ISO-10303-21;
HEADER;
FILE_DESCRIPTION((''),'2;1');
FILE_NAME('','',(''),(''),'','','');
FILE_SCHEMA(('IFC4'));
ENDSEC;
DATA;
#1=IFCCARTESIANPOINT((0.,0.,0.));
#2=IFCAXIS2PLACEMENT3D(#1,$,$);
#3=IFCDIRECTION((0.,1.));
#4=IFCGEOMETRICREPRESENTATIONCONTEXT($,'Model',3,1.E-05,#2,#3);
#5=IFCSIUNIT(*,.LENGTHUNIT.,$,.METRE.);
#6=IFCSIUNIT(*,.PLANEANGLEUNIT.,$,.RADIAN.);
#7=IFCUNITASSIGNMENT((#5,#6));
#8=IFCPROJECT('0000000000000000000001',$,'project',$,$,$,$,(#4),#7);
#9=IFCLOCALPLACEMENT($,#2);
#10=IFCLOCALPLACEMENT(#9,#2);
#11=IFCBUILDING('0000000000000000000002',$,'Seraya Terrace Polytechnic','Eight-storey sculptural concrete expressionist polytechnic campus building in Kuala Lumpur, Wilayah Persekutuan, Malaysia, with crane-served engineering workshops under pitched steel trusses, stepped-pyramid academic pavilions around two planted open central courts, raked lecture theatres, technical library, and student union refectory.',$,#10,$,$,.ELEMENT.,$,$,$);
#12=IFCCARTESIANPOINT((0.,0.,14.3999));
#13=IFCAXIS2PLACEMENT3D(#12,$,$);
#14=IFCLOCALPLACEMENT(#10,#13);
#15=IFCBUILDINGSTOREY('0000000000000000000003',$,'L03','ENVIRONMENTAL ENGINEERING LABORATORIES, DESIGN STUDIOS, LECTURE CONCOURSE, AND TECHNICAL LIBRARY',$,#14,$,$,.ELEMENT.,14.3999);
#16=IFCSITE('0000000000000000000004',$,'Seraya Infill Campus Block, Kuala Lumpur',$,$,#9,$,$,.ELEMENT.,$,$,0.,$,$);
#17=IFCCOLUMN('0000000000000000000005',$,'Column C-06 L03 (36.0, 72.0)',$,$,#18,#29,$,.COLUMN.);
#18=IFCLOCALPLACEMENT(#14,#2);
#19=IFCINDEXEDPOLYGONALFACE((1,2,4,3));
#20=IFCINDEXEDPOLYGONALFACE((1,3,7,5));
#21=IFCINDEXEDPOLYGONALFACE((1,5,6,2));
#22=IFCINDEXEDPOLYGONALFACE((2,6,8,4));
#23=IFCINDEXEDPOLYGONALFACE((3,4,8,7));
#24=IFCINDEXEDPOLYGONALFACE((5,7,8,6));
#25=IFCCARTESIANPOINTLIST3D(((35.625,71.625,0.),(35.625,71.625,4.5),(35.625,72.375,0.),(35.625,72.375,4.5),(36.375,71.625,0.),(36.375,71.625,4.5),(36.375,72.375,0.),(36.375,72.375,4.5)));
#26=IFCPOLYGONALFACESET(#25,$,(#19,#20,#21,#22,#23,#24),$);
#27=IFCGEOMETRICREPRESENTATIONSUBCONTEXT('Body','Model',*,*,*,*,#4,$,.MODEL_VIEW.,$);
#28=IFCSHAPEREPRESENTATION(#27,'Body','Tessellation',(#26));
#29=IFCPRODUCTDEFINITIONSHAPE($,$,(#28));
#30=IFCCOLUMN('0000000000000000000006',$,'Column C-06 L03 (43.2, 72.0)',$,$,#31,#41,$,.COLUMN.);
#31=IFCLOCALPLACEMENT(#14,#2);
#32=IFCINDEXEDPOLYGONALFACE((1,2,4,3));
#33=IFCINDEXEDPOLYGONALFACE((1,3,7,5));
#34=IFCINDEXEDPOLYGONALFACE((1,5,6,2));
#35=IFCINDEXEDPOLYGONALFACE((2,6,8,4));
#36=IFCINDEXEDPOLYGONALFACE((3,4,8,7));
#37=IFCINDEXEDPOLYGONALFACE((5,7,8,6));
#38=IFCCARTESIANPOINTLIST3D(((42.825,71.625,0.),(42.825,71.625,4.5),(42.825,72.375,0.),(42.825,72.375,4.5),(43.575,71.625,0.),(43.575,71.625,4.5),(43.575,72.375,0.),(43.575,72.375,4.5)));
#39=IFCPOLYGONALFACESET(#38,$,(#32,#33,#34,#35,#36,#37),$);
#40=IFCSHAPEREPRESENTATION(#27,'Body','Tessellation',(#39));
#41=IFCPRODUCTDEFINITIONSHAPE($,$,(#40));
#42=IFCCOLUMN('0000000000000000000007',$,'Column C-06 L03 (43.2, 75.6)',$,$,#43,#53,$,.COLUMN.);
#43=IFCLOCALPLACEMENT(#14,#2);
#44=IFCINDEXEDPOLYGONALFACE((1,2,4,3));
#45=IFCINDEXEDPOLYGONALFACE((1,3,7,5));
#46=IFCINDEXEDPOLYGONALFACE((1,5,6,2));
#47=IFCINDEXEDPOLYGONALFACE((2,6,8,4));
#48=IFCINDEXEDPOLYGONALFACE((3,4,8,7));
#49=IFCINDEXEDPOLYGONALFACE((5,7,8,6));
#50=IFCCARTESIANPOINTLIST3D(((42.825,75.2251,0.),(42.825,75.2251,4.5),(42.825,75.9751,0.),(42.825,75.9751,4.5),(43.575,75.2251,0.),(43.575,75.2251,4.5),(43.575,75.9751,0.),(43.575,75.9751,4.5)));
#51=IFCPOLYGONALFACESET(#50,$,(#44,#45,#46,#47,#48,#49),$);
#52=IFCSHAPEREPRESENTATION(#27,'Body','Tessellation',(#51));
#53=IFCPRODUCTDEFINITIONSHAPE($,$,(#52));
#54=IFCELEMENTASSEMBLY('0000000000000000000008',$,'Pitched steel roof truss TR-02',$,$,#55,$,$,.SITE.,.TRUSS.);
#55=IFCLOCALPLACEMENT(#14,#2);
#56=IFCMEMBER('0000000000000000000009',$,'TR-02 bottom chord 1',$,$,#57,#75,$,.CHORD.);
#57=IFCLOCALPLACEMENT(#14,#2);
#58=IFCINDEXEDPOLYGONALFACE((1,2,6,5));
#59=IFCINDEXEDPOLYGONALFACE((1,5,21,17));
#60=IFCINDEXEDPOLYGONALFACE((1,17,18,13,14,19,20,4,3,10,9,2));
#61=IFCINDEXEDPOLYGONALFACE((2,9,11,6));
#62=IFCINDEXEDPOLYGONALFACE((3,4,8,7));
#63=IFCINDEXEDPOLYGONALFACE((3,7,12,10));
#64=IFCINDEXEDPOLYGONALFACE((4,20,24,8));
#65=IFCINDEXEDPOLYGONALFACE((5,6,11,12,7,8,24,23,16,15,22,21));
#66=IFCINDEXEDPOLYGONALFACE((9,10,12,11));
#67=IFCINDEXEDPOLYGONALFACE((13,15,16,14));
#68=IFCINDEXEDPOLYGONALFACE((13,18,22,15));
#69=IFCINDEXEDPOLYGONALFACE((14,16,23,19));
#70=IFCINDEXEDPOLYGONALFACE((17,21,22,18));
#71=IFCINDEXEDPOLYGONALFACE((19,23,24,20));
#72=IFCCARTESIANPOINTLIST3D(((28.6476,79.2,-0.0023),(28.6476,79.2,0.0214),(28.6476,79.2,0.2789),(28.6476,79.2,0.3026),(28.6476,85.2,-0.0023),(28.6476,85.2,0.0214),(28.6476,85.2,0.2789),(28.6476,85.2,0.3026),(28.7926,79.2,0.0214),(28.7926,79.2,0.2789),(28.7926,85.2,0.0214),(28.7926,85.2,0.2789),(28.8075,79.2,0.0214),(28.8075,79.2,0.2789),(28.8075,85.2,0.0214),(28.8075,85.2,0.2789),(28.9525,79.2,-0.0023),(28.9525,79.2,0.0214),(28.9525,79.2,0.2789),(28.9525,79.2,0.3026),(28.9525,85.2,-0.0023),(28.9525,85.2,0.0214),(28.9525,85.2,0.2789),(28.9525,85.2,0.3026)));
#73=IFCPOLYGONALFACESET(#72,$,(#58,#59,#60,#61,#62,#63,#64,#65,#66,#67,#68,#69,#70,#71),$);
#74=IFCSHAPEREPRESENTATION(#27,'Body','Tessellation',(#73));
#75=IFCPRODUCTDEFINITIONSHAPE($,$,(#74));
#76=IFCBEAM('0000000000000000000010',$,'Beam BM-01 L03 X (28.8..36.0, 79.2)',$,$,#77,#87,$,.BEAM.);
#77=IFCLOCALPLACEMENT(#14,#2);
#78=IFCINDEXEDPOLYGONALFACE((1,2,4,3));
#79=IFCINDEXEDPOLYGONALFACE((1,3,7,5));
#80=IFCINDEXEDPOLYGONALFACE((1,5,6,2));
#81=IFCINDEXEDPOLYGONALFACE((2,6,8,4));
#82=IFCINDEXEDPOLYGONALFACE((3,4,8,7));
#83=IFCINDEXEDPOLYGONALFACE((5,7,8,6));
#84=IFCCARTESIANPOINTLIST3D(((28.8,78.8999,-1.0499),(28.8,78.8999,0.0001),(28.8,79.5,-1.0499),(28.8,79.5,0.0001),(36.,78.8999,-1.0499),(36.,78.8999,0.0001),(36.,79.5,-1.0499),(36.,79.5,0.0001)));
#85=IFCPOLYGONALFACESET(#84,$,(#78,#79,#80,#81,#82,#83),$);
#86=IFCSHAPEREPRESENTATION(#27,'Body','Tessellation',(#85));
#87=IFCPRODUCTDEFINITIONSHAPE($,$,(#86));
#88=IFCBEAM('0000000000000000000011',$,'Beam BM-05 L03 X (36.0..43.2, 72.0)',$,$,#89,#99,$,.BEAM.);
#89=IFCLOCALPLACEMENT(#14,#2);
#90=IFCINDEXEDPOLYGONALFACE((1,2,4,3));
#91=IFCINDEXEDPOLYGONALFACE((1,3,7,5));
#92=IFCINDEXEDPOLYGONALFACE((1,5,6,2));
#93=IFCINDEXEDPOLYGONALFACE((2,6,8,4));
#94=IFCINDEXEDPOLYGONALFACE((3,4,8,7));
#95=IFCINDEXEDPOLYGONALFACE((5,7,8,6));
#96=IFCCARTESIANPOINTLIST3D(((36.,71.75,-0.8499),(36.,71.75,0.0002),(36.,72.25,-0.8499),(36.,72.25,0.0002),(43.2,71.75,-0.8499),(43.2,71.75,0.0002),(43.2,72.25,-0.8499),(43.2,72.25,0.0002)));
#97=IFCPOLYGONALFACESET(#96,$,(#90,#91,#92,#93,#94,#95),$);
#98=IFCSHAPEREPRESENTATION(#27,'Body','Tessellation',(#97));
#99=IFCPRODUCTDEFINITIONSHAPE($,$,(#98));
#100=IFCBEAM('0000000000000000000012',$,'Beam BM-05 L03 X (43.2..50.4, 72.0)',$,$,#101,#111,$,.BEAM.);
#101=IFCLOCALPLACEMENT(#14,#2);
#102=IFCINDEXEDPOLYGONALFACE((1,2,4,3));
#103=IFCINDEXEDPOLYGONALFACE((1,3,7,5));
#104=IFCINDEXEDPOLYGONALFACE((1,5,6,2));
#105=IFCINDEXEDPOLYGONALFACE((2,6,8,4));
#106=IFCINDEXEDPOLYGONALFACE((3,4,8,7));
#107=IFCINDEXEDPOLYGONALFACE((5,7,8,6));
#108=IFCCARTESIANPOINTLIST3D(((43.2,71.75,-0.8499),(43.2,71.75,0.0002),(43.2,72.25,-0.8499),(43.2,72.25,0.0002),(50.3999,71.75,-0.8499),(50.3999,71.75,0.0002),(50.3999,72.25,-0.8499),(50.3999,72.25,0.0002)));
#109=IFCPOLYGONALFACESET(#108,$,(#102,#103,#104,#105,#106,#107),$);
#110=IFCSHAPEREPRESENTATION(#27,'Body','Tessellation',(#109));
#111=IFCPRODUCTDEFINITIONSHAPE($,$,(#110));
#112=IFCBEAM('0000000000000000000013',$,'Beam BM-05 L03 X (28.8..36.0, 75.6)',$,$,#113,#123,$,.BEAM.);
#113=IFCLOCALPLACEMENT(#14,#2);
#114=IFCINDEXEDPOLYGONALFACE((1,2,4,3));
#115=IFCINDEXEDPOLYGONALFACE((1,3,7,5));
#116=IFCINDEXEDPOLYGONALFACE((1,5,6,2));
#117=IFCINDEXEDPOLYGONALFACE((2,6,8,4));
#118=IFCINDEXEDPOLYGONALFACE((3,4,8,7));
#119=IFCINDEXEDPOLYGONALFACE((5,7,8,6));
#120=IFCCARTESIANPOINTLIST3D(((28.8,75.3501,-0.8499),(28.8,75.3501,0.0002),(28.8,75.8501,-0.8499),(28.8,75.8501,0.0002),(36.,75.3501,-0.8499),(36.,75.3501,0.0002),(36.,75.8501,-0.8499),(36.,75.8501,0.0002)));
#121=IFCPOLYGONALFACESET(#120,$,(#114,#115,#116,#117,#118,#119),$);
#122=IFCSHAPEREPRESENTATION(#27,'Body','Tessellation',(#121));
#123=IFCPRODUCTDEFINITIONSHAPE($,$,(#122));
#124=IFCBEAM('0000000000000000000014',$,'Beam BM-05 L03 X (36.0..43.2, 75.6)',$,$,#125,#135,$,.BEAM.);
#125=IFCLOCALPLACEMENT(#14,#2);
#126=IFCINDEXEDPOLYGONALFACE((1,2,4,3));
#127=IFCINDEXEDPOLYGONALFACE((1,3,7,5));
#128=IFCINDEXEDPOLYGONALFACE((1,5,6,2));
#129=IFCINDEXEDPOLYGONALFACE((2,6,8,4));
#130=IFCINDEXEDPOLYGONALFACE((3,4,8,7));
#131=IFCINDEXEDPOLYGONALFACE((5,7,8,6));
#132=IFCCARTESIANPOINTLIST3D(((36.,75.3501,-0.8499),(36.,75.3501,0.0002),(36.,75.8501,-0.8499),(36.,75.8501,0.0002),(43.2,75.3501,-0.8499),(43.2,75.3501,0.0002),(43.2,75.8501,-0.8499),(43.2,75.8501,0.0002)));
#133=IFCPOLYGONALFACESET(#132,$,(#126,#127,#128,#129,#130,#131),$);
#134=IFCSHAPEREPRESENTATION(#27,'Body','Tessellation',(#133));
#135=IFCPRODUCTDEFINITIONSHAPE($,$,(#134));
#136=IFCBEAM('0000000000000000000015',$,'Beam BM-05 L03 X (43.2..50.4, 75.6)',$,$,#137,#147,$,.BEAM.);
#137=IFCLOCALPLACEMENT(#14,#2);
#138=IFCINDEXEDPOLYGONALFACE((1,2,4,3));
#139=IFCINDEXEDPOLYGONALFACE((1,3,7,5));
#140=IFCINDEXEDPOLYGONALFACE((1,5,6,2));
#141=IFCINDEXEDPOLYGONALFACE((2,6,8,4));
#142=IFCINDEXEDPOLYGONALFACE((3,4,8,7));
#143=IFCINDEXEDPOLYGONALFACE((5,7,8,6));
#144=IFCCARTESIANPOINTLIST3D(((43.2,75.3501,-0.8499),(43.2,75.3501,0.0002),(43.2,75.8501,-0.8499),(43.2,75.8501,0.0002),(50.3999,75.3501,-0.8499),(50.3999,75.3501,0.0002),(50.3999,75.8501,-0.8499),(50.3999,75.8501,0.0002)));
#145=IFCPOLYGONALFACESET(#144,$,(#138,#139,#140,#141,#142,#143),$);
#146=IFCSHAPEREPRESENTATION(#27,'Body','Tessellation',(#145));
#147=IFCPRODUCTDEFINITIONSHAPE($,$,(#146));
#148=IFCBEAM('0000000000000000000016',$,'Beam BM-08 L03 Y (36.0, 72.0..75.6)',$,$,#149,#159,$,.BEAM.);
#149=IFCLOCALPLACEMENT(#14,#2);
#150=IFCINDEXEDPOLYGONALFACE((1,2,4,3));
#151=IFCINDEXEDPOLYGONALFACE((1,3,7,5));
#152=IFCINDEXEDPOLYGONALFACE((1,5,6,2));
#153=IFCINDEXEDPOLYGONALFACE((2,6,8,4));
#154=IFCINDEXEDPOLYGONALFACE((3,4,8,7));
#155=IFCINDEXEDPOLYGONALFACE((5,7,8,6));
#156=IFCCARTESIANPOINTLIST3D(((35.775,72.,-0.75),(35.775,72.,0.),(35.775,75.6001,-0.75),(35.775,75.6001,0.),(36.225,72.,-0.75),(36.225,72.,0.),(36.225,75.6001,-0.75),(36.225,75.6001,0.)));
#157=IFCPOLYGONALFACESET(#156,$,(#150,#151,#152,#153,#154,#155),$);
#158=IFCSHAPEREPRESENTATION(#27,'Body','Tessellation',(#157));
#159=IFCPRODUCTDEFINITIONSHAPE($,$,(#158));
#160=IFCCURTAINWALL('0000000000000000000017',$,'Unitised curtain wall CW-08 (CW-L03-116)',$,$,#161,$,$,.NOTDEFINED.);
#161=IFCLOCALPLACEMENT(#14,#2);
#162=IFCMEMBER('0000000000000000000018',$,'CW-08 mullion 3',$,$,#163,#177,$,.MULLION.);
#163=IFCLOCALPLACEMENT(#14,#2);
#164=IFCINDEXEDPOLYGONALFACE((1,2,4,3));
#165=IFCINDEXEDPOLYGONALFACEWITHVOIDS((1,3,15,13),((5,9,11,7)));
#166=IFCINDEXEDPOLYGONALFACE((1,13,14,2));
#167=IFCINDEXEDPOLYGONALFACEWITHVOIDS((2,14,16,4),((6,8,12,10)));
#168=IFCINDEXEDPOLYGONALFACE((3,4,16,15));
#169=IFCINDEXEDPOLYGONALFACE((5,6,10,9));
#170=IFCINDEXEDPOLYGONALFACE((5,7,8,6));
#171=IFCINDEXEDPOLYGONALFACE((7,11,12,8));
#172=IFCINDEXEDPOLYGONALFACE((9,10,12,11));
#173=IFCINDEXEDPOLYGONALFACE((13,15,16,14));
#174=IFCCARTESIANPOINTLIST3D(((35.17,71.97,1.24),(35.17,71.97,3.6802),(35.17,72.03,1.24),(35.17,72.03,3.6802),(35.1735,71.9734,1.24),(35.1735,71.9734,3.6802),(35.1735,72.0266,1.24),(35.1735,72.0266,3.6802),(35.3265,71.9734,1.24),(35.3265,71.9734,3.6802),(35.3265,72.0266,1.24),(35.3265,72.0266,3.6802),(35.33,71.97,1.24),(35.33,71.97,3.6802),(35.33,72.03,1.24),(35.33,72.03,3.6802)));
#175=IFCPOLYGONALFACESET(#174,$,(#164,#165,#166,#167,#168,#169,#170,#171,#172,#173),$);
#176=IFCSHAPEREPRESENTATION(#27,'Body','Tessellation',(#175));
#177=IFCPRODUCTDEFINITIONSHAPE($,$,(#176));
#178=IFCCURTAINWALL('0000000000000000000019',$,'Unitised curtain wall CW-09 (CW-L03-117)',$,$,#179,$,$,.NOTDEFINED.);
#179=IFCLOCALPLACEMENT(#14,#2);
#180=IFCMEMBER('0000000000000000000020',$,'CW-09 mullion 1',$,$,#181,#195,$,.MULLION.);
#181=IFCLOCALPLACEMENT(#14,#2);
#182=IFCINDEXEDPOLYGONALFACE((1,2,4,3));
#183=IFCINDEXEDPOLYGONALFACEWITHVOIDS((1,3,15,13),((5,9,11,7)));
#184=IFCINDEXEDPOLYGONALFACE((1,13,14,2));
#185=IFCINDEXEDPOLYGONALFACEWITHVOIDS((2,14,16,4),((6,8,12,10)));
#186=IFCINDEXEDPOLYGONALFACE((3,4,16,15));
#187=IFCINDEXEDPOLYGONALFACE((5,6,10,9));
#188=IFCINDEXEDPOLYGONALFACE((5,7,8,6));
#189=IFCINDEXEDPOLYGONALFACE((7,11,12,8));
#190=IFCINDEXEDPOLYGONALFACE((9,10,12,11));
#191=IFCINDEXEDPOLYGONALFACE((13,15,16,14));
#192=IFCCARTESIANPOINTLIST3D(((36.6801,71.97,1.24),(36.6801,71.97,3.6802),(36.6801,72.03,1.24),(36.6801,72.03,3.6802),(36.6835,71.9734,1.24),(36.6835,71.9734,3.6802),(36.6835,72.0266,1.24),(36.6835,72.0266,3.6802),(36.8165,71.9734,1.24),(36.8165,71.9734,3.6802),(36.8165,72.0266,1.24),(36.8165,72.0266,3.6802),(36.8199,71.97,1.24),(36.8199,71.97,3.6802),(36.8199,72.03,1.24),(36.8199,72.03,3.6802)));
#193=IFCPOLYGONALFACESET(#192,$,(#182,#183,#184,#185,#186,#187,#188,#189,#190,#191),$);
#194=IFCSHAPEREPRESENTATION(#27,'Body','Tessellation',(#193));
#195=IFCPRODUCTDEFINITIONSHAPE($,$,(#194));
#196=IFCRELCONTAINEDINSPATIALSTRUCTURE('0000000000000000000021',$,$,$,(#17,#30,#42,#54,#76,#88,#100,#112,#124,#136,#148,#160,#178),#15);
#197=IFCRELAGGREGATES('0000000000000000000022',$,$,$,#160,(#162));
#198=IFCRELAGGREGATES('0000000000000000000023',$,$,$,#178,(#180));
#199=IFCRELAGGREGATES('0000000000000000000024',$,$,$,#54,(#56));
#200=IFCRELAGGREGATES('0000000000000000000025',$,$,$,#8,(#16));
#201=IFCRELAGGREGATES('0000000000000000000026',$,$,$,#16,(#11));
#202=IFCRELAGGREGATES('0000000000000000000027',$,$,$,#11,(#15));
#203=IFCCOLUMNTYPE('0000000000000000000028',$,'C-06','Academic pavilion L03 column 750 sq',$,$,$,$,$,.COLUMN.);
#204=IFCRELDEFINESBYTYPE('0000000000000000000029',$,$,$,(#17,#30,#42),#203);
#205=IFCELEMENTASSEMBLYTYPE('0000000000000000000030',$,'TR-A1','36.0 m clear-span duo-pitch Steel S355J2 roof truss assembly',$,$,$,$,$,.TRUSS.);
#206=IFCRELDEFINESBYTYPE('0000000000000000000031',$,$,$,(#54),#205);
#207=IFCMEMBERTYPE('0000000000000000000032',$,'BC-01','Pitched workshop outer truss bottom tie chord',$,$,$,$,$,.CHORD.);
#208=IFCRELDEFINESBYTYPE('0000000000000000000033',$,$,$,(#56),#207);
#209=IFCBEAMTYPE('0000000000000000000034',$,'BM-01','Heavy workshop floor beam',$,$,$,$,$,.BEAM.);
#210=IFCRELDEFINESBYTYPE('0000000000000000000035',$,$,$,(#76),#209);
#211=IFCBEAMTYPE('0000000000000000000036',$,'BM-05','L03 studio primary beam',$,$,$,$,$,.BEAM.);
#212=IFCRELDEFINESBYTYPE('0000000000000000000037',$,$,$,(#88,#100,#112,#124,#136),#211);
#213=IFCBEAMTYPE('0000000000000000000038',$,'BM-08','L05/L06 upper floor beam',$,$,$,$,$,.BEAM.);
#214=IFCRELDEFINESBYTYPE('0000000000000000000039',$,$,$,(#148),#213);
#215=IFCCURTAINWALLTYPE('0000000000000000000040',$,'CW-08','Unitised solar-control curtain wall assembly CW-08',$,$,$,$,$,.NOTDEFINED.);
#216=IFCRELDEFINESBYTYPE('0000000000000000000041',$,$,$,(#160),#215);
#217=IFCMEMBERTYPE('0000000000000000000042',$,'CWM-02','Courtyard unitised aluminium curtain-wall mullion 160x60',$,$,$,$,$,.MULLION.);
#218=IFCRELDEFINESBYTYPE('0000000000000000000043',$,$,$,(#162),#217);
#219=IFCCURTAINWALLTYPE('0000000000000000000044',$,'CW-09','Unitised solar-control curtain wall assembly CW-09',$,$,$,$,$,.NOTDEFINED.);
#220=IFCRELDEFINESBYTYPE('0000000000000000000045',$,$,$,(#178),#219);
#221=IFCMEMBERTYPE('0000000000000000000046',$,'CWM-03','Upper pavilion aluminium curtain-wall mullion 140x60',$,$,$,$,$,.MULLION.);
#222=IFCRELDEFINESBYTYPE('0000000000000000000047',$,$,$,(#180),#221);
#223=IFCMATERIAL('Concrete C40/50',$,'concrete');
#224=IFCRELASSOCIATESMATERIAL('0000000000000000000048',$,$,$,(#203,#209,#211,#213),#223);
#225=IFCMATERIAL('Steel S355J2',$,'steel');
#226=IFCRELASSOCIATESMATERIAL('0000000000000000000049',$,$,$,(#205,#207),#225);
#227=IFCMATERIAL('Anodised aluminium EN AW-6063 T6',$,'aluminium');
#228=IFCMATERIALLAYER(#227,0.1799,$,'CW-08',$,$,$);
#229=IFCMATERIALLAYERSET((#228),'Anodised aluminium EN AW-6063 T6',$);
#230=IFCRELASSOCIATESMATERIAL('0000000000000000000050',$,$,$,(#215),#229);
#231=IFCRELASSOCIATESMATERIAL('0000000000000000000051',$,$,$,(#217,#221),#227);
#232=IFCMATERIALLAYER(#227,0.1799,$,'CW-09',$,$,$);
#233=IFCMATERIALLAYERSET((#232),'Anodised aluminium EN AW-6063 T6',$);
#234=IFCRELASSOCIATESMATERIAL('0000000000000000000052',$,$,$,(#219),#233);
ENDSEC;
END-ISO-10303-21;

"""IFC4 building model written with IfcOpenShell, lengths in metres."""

from ifc_helpers import new_model, si_unit, direction, frame, origin, origin_2d, place, context, subcontext, project, spatial, rectangle, hollow_rectangle, i_section, extrude, material, layer, layer_set, material_profile, profile_set, type_object, element, aggregate, save


model = new_model("IFC4")

# Units and contexts
model_context = context("Model", 3, precision=1e-05, world=origin(), true_north=direction((0.0, 1.0)))
body_context = subcontext(model_context, "Body", "Model", "MODEL_VIEW")
ifc_project = project(units=[si_unit("LENGTHUNIT", "METRE"), si_unit("PLANEANGLEUNIT", "RADIAN")], contexts=[model_context])

# Site, building, storey
site_placement = place(None, origin())
site = spatial("IfcSite", under=ifc_project, at=site_placement, Name="Seraya Infill Campus Block, Kuala Lumpur", CompositionType="ELEMENT", RefElevation=0.0)
building_placement = place(site_placement, origin())
building = spatial("IfcBuilding", under=site, at=building_placement, Name="Seraya Terrace Polytechnic", Description="Eight-storey sculptural concrete expressionist polytechnic campus building in Kuala Lumpur, Wilayah Persekutuan, Malaysia, with crane-served engineering workshops under pitched steel trusses, stepped-pyramid academic pavilions around two planted open central courts, raked lecture theatres, technical library, and student union refectory.", CompositionType="ELEMENT")
storey_placement = place(building_placement, frame((0.0, 0.0, 14.3999)))
storey = spatial("IfcBuildingStorey", under=building, at=storey_placement, Name="L03", Description="ENVIRONMENTAL ENGINEERING LABORATORIES, DESIGN STUDIOS, LECTURE CONCOURSE, AND TECHNICAL LIBRARY", CompositionType="ELEMENT", Elevation=14.3999)

# Columns
ifc_material_1 = material(Name="Concrete C40/50", Category="concrete")
ifc_material_profile_1 = material_profile(ifc_material_1, rectangle(XDim=0.75, YDim=0.75, at=origin_2d()), Name="RC 750x750")
ifc_profile_set_1 = profile_set([ifc_material_profile_1], Name="Concrete C40/50")
column_type = type_object("IfcColumnType", Name="C-06", Description="Academic pavilion L03 column 750 sq", PredefinedType="COLUMN", material=ifc_profile_set_1)
for number, where, z_axis, x_axis, name in (
    (1, (36.0, 72.0, 0.0), (0.0, 0.0, 1.0), (1.0, 0.0, 0.0), "Column C-06 L03 (36.0, 72.0)"),
    (2, (43.2, 72.0, 0.0), (0.0, 0.0, 1.0), (1.0, 0.0, 0.0), "Column C-06 L03 (43.2, 72.0)"),
    (3, (43.2, 75.6001, 0.0), (0.0, 0.0, 1.0), (1.0, 0.0, 0.0), "Column C-06 L03 (43.2, 75.6)"),
):
    element("IfcColumn", number, at=place(storey_placement, frame(where, z_axis=z_axis, x_axis=x_axis)), inside=storey, type_object=column_type, Name=name, PredefinedType="COLUMN", context=body_context, shape_type="SweptSolid", body=[
        extrude(rectangle(XDim=0.75, YDim=0.75, at=origin_2d()), origin(), (0.0, 0.0, 1.0), 4.5),
    ])

# Element assembly, member
ifc_material_2 = material(Name="Steel S355J2", Category="steel")
element_assembly_type = type_object("IfcElementAssemblyType", Name="TR-A1", Description="36.0 m clear-span duo-pitch Steel S355J2 roof truss assembly", PredefinedType="TRUSS", material=ifc_material_2)
assembly_1_placement = place(storey_placement, origin())
assembly_1 = element("IfcElementAssembly", 4, at=assembly_1_placement, inside=storey, type_object=element_assembly_type, Name="Pitched steel roof truss TR-02", AssemblyPlace="SITE", PredefinedType="TRUSS")
ifc_material_profile_2 = material_profile(ifc_material_2, i_section(OverallWidth=0.3049, OverallDepth=0.3049, WebThickness=0.0149, FlangeThickness=0.0237, at=origin_2d()), Name="UKC 305x305x14.9x23.8")
ifc_profile_set_2 = profile_set([ifc_material_profile_2], Name="Steel S355J2")
member_type_1 = type_object("IfcMemberType", Name="BC-01", Description="Pitched workshop outer truss bottom tie chord", PredefinedType="CHORD", material=ifc_profile_set_2)
member_1_placement = place(storey_placement, frame((28.8, 79.2, 0.1501), z_axis=(0.0, 1.0, 0.0), x_axis=(-1.0, 0.0, 0.0)))
member_1 = element("IfcMember", 5, at=member_1_placement, type_object=member_type_1, Name="TR-02 bottom chord 1", PredefinedType="CHORD", context=body_context, shape_type="SweptSolid", body=[
    extrude(i_section(OverallWidth=0.3049, OverallDepth=0.3049, WebThickness=0.0149, FlangeThickness=0.0237, at=origin_2d()), origin(), (0.0, 0.0, 1.0), 6.0),
])

# Beams
ifc_material_profile_3 = material_profile(ifc_material_1, rectangle(XDim=0.6001, YDim=1.05, at=origin_2d()), Name="RC 600x1050")
ifc_profile_set_3 = profile_set([ifc_material_profile_3], Name="Concrete C40/50")
beam_type_1 = type_object("IfcBeamType", Name="BM-01", Description="Heavy workshop floor beam", PredefinedType="BEAM", material=ifc_profile_set_3)
beam_1_placement = place(storey_placement, frame((28.8, 79.2, -0.5249), z_axis=(1.0, 0.0, 0.0), x_axis=(0.0, 1.0, 0.0)))
element("IfcBeam", 6, at=beam_1_placement, inside=storey, type_object=beam_type_1, Name="Beam BM-01 L03 X (28.8..36.0, 79.2)", PredefinedType="BEAM", context=body_context, shape_type="SweptSolid", body=[
    extrude(rectangle(XDim=0.6001, YDim=1.05, at=origin_2d()), origin(), (0.0, 0.0, 1.0), 7.2),
])
ifc_material_profile_4 = material_profile(ifc_material_1, rectangle(XDim=0.5, YDim=0.8501, at=origin_2d()), Name="RC 500x850")
ifc_profile_set_4 = profile_set([ifc_material_profile_4], Name="Concrete C40/50")
beam_type_2 = type_object("IfcBeamType", Name="BM-05", Description="L03 studio primary beam", PredefinedType="BEAM", material=ifc_profile_set_4)
for number, where, z_axis, x_axis, name in (
    (7, (36.0, 72.0, -0.4248), (1.0, 0.0, 0.0), (0.0, 1.0, 0.0), "Beam BM-05 L03 X (36.0..43.2, 72.0)"),
    (8, (43.2, 72.0, -0.4248), (1.0, 0.0, 0.0), (0.0, 1.0, 0.0), "Beam BM-05 L03 X (43.2..50.4, 72.0)"),
    (9, (28.8, 75.6001, -0.4248), (1.0, 0.0, 0.0), (0.0, 1.0, 0.0), "Beam BM-05 L03 X (28.8..36.0, 75.6)"),
    (10, (36.0, 75.6001, -0.4248), (1.0, 0.0, 0.0), (0.0, 1.0, 0.0), "Beam BM-05 L03 X (36.0..43.2, 75.6)"),
    (11, (43.2, 75.6001, -0.4248), (1.0, 0.0, 0.0), (0.0, 1.0, 0.0), "Beam BM-05 L03 X (43.2..50.4, 75.6)"),
):
    element("IfcBeam", number, at=place(storey_placement, frame(where, z_axis=z_axis, x_axis=x_axis)), inside=storey, type_object=beam_type_2, Name=name, PredefinedType="BEAM", context=body_context, shape_type="SweptSolid", body=[
        extrude(rectangle(XDim=0.5, YDim=0.8501, at=origin_2d()), origin(), (0.0, 0.0, 1.0), 7.2),
    ])
ifc_material_profile_5 = material_profile(ifc_material_1, rectangle(XDim=0.45, YDim=0.75, at=origin_2d()), Name="RC 450x750")
ifc_profile_set_5 = profile_set([ifc_material_profile_5], Name="Concrete C40/50")
beam_type_3 = type_object("IfcBeamType", Name="BM-08", Description="L05/L06 upper floor beam", PredefinedType="BEAM", material=ifc_profile_set_5)
beam_2_placement = place(storey_placement, frame((36.0, 72.0, -0.375), z_axis=(0.0, 1.0, 0.0), x_axis=(-1.0, 0.0, 0.0)))
element("IfcBeam", 12, at=beam_2_placement, inside=storey, type_object=beam_type_3, Name="Beam BM-08 L03 Y (36.0, 72.0..75.6)", PredefinedType="BEAM", context=body_context, shape_type="SweptSolid", body=[
    extrude(rectangle(XDim=0.45, YDim=0.75, at=origin_2d()), origin(), (0.0, 0.0, 1.0), 3.6001),
])

# Curtain wall, member
ifc_material_3 = material(Name="Anodised aluminium EN AW-6063 T6", Category="aluminium")
ifc_layer_1 = layer(ifc_material_3, 0.1799, Name="CW-08")
ifc_layer_set_1 = layer_set([ifc_layer_1], Name="Anodised aluminium EN AW-6063 T6")
curtain_wall_type_1 = type_object("IfcCurtainWallType", Name="CW-08", Description="Unitised solar-control curtain wall assembly CW-08", PredefinedType="NOTDEFINED", material=ifc_layer_set_1)
curtain_wall_1_placement = place(storey_placement, origin())
curtain_wall_1 = element("IfcCurtainWall", 13, at=curtain_wall_1_placement, inside=storey, type_object=curtain_wall_type_1, Name="Unitised curtain wall CW-08 (CW-L03-116)", PredefinedType="NOTDEFINED")
ifc_material_profile_6 = material_profile(ifc_material_3, hollow_rectangle(XDim=0.0601, YDim=0.1599, WallThickness=0.0034, at=origin_2d()), Name="RHS 160x60x3.5")
ifc_profile_set_6 = profile_set([ifc_material_profile_6], Name="Anodised aluminium EN AW-6063 T6")
member_type_2 = type_object("IfcMemberType", Name="CWM-02", Description="Courtyard unitised aluminium curtain-wall mullion 160x60", PredefinedType="MULLION", material=ifc_profile_set_6)
member_2_placement = place(storey_placement, frame((35.25, 72.0, 1.24), z_axis=(0.0, 0.0, 1.0), x_axis=(0.0, 1.0, 0.0)))
member_2 = element("IfcMember", 14, at=member_2_placement, type_object=member_type_2, Name="CW-08 mullion 3", PredefinedType="MULLION", context=body_context, shape_type="SweptSolid", body=[
    extrude(hollow_rectangle(XDim=0.0601, YDim=0.1599, WallThickness=0.0034, at=origin_2d()), origin(), (0.0, 0.0, 1.0), 2.4402),
])

# Curtain wall, member
ifc_layer_2 = layer(ifc_material_3, 0.1799, Name="CW-09")
ifc_layer_set_2 = layer_set([ifc_layer_2], Name="Anodised aluminium EN AW-6063 T6")
curtain_wall_type_2 = type_object("IfcCurtainWallType", Name="CW-09", Description="Unitised solar-control curtain wall assembly CW-09", PredefinedType="NOTDEFINED", material=ifc_layer_set_2)
curtain_wall_2_placement = place(storey_placement, origin())
curtain_wall_2 = element("IfcCurtainWall", 15, at=curtain_wall_2_placement, inside=storey, type_object=curtain_wall_type_2, Name="Unitised curtain wall CW-09 (CW-L03-117)", PredefinedType="NOTDEFINED")
ifc_material_profile_7 = material_profile(ifc_material_3, hollow_rectangle(XDim=0.0601, YDim=0.1399, WallThickness=0.0034, at=origin_2d()), Name="RHS 140x60x3.5")
ifc_profile_set_7 = profile_set([ifc_material_profile_7], Name="Anodised aluminium EN AW-6063 T6")
member_type_3 = type_object("IfcMemberType", Name="CWM-03", Description="Upper pavilion aluminium curtain-wall mullion 140x60", PredefinedType="MULLION", material=ifc_profile_set_7)
member_3_placement = place(storey_placement, frame((36.75, 72.0, 1.24), z_axis=(0.0, 0.0, 1.0), x_axis=(0.0, 1.0, 0.0)))
member_3 = element("IfcMember", 16, at=member_3_placement, type_object=member_type_3, Name="CW-09 mullion 1", PredefinedType="MULLION", context=body_context, shape_type="SweptSolid", body=[
    extrude(hollow_rectangle(XDim=0.0601, YDim=0.1399, WallThickness=0.0034, at=origin_2d()), origin(), (0.0, 0.0, 1.0), 2.4402),
])

aggregate(curtain_wall_1, [member_2])
aggregate(curtain_wall_2, [member_3])
aggregate(assembly_1, [member_1])

save(model, "model.ifc")
